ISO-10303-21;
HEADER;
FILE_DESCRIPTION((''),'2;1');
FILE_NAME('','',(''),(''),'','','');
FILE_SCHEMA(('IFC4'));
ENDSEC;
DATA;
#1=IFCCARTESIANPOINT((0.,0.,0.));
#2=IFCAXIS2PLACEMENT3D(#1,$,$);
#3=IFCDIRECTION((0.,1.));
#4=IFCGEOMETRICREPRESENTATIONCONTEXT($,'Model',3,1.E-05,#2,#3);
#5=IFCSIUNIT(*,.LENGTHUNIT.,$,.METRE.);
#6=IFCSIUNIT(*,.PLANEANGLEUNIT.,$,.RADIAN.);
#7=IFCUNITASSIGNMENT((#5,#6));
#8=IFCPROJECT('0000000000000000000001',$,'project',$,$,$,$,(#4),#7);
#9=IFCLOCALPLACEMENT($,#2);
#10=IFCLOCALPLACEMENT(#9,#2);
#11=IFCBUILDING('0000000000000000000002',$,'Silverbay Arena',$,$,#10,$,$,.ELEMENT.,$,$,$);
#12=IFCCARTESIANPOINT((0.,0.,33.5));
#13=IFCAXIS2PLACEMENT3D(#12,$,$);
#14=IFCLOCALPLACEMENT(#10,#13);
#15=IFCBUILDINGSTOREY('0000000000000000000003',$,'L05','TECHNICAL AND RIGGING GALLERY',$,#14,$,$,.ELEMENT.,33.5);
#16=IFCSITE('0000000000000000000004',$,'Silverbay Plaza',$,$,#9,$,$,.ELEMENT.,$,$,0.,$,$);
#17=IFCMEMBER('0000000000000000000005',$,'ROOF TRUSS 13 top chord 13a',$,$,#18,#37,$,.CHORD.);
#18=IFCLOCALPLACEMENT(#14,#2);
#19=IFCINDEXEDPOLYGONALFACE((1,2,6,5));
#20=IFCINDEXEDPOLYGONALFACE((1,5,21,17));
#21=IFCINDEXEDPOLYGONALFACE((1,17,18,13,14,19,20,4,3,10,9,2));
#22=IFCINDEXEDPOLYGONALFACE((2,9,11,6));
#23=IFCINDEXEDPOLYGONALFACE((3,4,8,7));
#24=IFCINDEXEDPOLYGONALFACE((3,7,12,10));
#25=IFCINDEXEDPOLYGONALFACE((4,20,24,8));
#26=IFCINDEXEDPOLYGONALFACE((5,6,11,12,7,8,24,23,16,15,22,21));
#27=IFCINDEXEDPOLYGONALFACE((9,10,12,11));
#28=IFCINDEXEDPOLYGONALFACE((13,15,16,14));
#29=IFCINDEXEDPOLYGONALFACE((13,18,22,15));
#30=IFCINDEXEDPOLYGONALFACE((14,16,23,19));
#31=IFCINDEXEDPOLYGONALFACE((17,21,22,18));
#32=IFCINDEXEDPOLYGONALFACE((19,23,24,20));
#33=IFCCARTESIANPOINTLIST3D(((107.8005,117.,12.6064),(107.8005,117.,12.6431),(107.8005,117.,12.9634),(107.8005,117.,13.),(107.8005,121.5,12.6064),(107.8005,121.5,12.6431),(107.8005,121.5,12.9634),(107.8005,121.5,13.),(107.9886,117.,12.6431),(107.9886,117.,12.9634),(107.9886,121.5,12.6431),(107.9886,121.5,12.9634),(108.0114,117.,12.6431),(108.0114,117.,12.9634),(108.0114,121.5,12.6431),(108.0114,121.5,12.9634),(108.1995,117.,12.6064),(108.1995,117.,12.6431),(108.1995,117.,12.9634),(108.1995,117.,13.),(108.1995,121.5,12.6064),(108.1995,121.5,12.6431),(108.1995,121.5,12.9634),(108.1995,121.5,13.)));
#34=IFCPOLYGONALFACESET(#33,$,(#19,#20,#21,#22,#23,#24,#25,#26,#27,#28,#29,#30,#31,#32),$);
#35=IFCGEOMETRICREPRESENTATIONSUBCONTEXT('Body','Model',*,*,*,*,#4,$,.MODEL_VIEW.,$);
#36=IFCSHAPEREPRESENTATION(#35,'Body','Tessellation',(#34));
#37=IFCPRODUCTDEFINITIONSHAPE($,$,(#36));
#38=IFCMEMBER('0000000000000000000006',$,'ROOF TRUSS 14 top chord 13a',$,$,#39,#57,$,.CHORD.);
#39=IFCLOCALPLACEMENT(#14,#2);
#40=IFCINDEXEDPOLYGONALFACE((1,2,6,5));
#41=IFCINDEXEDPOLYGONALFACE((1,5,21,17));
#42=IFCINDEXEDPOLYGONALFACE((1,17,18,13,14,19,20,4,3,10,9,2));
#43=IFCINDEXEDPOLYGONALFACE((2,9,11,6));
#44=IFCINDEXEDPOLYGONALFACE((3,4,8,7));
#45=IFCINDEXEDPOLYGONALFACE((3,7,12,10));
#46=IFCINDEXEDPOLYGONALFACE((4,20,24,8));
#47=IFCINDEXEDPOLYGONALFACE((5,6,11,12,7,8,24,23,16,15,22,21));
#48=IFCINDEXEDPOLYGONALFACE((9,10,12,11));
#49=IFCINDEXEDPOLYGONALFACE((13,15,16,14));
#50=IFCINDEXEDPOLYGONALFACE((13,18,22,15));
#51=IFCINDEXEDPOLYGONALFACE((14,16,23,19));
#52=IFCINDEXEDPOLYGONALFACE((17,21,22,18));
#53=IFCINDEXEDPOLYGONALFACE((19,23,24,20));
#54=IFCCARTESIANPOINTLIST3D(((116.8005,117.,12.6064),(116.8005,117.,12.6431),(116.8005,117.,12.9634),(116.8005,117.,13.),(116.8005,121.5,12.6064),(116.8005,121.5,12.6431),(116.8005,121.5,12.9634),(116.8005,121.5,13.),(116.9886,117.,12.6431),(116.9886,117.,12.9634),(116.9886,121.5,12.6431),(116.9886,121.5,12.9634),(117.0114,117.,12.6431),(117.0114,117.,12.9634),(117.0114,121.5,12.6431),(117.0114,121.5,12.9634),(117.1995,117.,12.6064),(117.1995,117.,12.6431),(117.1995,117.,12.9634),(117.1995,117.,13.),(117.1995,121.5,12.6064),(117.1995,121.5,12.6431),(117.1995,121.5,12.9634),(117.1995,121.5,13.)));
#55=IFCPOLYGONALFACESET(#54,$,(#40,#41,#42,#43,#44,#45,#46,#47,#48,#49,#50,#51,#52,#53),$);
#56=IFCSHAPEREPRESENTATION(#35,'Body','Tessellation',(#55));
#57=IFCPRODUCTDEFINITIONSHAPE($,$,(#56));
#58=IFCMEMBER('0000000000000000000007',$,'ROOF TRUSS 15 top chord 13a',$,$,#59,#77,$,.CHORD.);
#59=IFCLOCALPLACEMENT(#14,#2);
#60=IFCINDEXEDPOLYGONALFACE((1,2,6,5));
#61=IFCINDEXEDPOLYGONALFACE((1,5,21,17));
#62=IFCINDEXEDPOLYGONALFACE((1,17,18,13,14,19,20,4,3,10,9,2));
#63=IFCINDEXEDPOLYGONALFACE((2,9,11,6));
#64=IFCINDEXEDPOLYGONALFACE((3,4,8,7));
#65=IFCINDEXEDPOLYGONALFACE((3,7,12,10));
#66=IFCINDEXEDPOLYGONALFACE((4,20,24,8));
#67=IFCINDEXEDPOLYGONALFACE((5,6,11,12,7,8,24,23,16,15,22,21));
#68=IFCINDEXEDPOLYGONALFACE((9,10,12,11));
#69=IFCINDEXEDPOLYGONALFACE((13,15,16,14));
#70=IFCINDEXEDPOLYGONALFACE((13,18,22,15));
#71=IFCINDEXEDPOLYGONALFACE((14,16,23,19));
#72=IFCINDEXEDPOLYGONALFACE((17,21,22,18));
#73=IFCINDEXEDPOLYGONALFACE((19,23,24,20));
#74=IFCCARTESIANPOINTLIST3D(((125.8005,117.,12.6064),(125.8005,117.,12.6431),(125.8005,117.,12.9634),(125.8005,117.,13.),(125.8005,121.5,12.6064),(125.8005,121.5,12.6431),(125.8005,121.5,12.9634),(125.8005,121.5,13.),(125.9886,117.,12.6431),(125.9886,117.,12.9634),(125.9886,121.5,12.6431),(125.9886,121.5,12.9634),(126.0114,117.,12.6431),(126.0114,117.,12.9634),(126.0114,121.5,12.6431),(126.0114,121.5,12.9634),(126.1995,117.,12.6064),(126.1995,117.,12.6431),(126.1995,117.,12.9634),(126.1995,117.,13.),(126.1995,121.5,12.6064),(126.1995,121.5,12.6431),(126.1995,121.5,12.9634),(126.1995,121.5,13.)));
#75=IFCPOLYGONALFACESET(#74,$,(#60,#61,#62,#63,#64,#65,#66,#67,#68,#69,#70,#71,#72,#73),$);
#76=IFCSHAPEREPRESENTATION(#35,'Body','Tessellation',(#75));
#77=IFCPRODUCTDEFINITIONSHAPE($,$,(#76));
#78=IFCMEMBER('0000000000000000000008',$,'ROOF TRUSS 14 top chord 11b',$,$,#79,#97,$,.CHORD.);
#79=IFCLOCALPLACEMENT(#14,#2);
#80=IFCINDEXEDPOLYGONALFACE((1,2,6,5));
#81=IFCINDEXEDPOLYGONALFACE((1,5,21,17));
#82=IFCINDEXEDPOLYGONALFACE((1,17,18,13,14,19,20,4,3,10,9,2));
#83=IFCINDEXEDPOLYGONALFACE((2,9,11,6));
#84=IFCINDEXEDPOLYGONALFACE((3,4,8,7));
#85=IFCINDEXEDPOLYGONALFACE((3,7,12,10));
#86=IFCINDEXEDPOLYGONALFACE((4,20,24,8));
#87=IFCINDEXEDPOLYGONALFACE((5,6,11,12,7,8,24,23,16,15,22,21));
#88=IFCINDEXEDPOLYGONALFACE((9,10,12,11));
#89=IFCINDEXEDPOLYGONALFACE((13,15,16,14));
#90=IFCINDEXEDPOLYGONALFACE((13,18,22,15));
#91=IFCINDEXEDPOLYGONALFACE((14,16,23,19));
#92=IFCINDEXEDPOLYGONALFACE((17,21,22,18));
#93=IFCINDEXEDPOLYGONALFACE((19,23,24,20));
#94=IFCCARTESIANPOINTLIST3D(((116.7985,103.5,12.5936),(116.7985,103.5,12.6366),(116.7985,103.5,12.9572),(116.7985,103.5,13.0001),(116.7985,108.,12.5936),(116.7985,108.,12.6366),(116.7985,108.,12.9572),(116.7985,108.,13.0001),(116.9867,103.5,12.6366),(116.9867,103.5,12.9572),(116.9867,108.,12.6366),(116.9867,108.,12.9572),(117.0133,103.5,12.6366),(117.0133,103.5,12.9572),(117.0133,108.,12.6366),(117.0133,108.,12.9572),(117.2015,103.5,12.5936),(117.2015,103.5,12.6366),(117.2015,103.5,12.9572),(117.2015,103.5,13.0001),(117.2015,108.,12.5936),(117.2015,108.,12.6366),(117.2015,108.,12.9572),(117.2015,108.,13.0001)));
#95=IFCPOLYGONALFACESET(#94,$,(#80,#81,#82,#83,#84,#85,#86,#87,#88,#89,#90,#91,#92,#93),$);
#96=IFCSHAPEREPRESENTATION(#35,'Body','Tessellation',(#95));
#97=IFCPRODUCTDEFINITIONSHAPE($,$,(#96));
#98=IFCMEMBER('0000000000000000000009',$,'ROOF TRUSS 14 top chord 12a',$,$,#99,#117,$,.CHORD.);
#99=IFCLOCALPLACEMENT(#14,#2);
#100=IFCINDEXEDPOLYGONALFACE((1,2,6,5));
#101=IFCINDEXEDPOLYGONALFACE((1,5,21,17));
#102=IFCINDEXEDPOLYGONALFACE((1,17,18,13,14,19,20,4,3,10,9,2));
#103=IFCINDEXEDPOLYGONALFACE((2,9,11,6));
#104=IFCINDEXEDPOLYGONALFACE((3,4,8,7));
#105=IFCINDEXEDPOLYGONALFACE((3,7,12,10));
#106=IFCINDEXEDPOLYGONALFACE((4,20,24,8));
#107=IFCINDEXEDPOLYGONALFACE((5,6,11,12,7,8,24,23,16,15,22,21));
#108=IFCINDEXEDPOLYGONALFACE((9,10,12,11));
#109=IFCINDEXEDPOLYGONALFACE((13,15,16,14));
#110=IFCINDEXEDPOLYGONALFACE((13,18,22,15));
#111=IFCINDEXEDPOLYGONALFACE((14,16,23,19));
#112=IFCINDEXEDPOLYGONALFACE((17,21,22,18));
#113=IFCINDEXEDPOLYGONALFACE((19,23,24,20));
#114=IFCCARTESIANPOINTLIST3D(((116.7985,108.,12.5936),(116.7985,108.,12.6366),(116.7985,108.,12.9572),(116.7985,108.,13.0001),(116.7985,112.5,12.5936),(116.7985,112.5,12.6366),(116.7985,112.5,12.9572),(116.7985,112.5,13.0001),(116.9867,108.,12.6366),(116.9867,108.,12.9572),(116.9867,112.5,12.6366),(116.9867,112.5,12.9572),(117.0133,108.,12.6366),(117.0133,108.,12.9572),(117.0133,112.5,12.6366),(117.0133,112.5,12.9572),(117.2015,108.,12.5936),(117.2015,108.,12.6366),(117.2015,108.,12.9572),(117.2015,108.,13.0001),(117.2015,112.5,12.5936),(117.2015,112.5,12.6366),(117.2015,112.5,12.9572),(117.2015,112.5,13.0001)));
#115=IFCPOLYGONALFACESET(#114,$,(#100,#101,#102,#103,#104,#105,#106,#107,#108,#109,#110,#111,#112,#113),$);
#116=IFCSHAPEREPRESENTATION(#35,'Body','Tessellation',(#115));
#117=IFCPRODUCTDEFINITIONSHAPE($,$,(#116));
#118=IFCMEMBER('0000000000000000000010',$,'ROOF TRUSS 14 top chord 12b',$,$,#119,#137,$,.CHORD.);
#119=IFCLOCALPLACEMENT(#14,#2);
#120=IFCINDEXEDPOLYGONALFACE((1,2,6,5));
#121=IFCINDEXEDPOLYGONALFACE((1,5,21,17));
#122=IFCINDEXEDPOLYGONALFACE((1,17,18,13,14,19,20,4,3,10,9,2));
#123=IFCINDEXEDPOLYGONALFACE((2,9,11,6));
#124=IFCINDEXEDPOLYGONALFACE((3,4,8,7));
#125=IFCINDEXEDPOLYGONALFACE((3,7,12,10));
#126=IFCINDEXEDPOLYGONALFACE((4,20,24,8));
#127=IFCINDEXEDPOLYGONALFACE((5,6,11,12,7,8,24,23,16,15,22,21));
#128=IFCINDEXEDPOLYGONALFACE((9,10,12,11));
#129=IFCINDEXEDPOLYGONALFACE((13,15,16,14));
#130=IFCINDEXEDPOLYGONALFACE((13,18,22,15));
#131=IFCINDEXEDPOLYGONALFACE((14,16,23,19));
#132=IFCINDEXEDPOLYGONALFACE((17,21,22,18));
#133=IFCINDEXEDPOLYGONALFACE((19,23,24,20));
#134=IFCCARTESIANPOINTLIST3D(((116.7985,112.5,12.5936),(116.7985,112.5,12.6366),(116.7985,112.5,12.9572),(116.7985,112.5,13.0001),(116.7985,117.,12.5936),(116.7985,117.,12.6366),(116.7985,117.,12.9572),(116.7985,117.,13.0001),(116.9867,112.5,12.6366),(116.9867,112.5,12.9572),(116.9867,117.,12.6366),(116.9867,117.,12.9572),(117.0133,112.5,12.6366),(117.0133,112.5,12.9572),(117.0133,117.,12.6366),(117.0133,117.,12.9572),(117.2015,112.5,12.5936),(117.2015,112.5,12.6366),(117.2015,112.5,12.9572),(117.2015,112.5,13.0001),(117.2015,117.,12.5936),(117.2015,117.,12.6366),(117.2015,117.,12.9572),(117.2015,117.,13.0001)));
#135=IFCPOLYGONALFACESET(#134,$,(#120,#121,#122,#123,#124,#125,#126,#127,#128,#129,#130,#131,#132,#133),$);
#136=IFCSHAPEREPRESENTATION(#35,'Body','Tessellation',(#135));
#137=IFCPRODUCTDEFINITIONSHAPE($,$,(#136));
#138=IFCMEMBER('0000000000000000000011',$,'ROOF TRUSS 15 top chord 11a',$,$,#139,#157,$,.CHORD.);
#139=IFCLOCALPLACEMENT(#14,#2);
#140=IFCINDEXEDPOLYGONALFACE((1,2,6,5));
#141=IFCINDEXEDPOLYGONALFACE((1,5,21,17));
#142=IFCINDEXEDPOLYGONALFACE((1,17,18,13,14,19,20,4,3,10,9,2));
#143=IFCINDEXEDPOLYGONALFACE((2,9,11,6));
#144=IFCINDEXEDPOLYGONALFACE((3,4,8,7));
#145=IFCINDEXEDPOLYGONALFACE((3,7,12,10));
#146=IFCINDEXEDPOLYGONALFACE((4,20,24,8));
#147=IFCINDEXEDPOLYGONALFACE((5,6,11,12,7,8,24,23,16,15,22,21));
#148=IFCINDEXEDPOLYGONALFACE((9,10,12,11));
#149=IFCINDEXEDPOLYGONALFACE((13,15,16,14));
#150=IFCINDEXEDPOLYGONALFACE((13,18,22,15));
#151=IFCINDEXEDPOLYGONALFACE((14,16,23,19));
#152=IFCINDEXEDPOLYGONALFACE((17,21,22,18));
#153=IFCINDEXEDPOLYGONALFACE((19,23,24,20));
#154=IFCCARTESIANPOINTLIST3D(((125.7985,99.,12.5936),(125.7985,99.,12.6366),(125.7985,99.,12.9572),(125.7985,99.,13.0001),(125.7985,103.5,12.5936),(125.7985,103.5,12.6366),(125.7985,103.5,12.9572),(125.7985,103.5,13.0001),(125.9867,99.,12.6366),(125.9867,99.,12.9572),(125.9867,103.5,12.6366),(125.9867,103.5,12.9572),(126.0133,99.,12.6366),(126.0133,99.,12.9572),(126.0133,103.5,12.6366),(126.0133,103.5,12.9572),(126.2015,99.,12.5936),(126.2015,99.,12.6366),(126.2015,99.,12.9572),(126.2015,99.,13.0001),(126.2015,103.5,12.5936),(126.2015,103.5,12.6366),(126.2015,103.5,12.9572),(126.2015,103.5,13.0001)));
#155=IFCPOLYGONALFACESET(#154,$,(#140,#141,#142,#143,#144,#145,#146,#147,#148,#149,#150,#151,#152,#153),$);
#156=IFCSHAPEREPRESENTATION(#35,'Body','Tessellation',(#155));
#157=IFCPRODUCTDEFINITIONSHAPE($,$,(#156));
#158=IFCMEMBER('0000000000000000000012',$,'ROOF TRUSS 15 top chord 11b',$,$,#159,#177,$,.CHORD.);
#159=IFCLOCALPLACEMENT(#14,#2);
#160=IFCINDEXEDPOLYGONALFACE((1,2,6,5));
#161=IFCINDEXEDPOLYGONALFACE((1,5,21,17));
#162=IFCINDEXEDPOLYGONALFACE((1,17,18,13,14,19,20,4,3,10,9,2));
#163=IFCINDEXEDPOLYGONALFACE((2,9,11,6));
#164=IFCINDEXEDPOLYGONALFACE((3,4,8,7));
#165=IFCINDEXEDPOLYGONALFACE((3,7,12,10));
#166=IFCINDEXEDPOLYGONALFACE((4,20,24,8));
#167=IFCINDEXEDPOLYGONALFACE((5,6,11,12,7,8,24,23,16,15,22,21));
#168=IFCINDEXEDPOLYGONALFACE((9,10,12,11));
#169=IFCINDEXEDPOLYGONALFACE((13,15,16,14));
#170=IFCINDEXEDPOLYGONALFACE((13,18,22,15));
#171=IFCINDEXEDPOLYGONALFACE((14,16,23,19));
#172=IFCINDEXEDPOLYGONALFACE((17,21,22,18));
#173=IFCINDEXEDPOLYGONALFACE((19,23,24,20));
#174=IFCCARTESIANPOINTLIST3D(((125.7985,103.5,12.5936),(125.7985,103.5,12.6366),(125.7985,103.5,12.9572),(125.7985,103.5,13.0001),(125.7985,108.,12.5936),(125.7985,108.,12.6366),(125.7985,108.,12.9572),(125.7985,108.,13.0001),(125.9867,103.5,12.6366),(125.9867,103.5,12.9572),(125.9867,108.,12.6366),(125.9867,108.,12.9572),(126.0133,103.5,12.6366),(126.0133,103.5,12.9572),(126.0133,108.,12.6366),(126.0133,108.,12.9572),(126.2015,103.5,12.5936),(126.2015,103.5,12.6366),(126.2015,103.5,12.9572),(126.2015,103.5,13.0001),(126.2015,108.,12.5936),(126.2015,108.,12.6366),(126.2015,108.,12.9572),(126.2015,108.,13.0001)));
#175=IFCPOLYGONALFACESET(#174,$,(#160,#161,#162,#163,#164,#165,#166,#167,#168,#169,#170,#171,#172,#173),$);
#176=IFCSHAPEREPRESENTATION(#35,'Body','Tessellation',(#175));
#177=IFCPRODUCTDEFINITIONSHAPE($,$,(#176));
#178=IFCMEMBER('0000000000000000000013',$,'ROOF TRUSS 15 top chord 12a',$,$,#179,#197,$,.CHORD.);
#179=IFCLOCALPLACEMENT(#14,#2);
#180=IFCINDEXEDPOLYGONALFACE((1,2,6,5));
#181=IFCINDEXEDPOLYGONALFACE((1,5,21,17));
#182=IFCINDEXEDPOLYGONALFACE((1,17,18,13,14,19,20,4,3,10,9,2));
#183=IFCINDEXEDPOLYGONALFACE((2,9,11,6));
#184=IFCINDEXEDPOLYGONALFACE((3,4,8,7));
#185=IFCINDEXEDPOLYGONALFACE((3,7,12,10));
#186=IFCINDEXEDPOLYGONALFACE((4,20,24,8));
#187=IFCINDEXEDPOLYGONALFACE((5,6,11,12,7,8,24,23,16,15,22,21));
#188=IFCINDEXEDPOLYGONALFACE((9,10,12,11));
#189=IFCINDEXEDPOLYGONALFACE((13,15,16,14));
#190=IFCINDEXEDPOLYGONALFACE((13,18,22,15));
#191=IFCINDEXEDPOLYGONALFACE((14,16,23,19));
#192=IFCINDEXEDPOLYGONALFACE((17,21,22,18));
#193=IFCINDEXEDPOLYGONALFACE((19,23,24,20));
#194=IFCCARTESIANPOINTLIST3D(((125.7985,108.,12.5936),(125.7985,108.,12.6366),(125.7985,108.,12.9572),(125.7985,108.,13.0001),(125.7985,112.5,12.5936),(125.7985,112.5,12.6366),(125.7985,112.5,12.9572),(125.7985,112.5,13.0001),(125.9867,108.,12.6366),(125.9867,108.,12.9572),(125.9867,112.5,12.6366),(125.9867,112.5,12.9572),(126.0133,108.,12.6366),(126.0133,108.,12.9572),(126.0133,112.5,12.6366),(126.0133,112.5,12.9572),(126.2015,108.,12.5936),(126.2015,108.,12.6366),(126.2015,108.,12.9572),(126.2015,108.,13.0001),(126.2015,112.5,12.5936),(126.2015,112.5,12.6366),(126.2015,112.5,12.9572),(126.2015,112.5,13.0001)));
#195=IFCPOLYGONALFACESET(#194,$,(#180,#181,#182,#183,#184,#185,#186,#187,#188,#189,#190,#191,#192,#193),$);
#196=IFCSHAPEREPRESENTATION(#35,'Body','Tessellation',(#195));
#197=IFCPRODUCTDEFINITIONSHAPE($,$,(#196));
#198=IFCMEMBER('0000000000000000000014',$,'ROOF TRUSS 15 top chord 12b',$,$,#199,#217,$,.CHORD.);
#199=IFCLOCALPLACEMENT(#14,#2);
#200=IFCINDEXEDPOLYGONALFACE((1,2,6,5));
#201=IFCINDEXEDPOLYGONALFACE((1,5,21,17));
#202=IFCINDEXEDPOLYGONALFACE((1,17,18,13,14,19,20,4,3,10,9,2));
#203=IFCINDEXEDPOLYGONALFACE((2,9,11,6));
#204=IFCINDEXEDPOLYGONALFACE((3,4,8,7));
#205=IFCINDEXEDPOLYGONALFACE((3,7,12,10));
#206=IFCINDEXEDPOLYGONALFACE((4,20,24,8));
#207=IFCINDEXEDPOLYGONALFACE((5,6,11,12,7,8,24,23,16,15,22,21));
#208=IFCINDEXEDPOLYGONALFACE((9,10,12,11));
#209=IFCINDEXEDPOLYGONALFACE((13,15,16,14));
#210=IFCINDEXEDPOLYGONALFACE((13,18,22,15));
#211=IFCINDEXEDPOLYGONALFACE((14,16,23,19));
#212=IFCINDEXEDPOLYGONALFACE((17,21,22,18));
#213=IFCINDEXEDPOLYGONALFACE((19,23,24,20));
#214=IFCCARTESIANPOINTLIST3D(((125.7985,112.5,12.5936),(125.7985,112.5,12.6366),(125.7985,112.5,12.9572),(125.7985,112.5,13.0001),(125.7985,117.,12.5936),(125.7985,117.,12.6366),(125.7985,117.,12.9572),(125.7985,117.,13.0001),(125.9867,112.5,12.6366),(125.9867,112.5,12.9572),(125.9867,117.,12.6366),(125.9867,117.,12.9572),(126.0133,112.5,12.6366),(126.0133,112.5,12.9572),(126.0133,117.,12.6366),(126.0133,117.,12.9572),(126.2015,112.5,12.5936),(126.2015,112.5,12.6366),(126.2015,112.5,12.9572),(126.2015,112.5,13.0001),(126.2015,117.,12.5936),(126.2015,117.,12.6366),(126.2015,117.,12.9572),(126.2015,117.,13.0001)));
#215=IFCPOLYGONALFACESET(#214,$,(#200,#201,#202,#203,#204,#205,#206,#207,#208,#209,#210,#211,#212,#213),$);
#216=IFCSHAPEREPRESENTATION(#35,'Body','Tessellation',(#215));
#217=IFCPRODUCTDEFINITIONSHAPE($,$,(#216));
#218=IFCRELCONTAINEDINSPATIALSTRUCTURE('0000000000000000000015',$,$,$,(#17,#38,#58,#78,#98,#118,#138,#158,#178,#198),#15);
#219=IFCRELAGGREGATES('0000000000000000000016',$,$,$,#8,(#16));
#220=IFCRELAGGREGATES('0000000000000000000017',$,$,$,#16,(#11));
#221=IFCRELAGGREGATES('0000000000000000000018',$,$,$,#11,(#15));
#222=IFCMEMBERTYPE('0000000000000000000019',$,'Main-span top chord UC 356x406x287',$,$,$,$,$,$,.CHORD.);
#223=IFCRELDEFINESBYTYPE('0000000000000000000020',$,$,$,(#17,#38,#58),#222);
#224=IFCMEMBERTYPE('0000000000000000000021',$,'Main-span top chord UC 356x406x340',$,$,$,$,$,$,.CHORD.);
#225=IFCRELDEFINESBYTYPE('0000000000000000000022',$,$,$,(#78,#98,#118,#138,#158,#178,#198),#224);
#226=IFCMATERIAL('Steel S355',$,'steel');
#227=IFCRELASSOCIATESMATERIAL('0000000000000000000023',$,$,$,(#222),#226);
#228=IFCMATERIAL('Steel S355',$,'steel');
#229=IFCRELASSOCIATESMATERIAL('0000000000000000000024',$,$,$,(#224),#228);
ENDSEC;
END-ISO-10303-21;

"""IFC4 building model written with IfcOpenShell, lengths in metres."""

from ifc_helpers import new_model, si_unit, direction, frame, origin, origin_2d, place, context, subcontext, project, spatial, i_section, extrude, material, material_profile, profile_set, type_object, element, save


model = new_model("IFC4")

# Units and contexts
model_context = context("Model", 3, precision=1e-05, world=origin(), true_north=direction((0.0, 1.0)))
body_context = subcontext(model_context, "Body", "Model", "MODEL_VIEW")
ifc_project = project(units=[si_unit("LENGTHUNIT", "METRE"), si_unit("PLANEANGLEUNIT", "RADIAN")], contexts=[model_context])

# Site, building, storey
site_placement = place(None, origin())
site = spatial("IfcSite", under=ifc_project, at=site_placement, Name="Silverbay Plaza", CompositionType="ELEMENT", RefElevation=0.0)
building_placement = place(site_placement, origin())
building = spatial("IfcBuilding", under=site, at=building_placement, Name="Silverbay Arena", CompositionType="ELEMENT")
storey_placement = place(building_placement, frame((0.0, 0.0, 33.5)))
storey = spatial("IfcBuildingStorey", under=building, at=storey_placement, Name="L05", Description="TECHNICAL AND RIGGING GALLERY", CompositionType="ELEMENT", Elevation=33.5)

# Members
ifc_material_1 = material(Name="Steel S355", Category="steel")
ifc_material_profile_1 = material_profile(ifc_material_1, i_section(OverallWidth=0.3989, OverallDepth=0.3936, WebThickness=0.0227, FlangeThickness=0.0366, at=origin_2d()), Name="UC 356x406x287")
ifc_profile_set_1 = profile_set([ifc_material_profile_1], Name="Steel S355")
member_type_1 = type_object("IfcMemberType", Name="Main-span top chord UC 356x406x287", PredefinedType="CHORD", material=ifc_profile_set_1)
for number, where, z_axis, x_axis, name in (
    (1, (108.0, 117.0, 12.8032), (0.0, 1.0, 0.0), (-1.0, 0.0, 0.0), "ROOF TRUSS 13 top chord 13a"),
    (2, (117.0, 117.0, 12.8032), (0.0, 1.0, 0.0), (-1.0, 0.0, 0.0), "ROOF TRUSS 14 top chord 13a"),
    (3, (126.0, 117.0, 12.8032), (0.0, 1.0, 0.0), (-1.0, 0.0, 0.0), "ROOF TRUSS 15 top chord 13a"),
):
    element("IfcMember", number, at=place(storey_placement, frame(where, z_axis=z_axis, x_axis=x_axis)), inside=storey, type_object=member_type_1, Name=name, PredefinedType="CHORD", context=body_context, shape_type="SweptSolid", body=[
        extrude(i_section(OverallWidth=0.3989, OverallDepth=0.3936, WebThickness=0.0227, FlangeThickness=0.0366, at=origin_2d()), origin(), (0.0, 0.0, 1.0), 4.5),
    ])
ifc_material_2 = material(Name="Steel S355", Category="steel")
ifc_material_profile_2 = material_profile(ifc_material_2, i_section(OverallWidth=0.4031, OverallDepth=0.4065, WebThickness=0.0266, FlangeThickness=0.043, at=origin_2d()), Name="UC 356x406x340")
ifc_profile_set_2 = profile_set([ifc_material_profile_2], Name="Steel S355")
member_type_2 = type_object("IfcMemberType", Name="Main-span top chord UC 356x406x340", PredefinedType="CHORD", material=ifc_profile_set_2)
for number, where, z_axis, x_axis, name in (
    (4, (117.0, 103.5, 12.7969), (0.0, 1.0, 0.0), (-1.0, 0.0, 0.0), "ROOF TRUSS 14 top chord 11b"),
    (5, (117.0, 108.0, 12.7969), (0.0, 1.0, 0.0), (-1.0, 0.0, 0.0), "ROOF TRUSS 14 top chord 12a"),
    (6, (117.0, 112.5, 12.7969), (0.0, 1.0, 0.0), (-1.0, 0.0, 0.0), "ROOF TRUSS 14 top chord 12b"),
    (7, (126.0, 99.0, 12.7969), (0.0, 1.0, 0.0), (-1.0, 0.0, 0.0), "ROOF TRUSS 15 top chord 11a"),
    (8, (126.0, 103.5, 12.7969), (0.0, 1.0, 0.0), (-1.0, 0.0, 0.0), "ROOF TRUSS 15 top chord 11b"),
    (9, (126.0, 108.0, 12.7969), (0.0, 1.0, 0.0), (-1.0, 0.0, 0.0), "ROOF TRUSS 15 top chord 12a"),
    (10, (126.0, 112.5, 12.7969), (0.0, 1.0, 0.0), (-1.0, 0.0, 0.0), "ROOF TRUSS 15 top chord 12b"),
):
    element("IfcMember", number, at=place(storey_placement, frame(where, z_axis=z_axis, x_axis=x_axis)), inside=storey, type_object=member_type_2, Name=name, PredefinedType="CHORD", context=body_context, shape_type="SweptSolid", body=[
        extrude(i_section(OverallWidth=0.4031, OverallDepth=0.4065, WebThickness=0.0266, FlangeThickness=0.043, at=origin_2d()), origin(), (0.0, 0.0, 1.0), 4.5),
    ])

save(model, "model.ifc")
